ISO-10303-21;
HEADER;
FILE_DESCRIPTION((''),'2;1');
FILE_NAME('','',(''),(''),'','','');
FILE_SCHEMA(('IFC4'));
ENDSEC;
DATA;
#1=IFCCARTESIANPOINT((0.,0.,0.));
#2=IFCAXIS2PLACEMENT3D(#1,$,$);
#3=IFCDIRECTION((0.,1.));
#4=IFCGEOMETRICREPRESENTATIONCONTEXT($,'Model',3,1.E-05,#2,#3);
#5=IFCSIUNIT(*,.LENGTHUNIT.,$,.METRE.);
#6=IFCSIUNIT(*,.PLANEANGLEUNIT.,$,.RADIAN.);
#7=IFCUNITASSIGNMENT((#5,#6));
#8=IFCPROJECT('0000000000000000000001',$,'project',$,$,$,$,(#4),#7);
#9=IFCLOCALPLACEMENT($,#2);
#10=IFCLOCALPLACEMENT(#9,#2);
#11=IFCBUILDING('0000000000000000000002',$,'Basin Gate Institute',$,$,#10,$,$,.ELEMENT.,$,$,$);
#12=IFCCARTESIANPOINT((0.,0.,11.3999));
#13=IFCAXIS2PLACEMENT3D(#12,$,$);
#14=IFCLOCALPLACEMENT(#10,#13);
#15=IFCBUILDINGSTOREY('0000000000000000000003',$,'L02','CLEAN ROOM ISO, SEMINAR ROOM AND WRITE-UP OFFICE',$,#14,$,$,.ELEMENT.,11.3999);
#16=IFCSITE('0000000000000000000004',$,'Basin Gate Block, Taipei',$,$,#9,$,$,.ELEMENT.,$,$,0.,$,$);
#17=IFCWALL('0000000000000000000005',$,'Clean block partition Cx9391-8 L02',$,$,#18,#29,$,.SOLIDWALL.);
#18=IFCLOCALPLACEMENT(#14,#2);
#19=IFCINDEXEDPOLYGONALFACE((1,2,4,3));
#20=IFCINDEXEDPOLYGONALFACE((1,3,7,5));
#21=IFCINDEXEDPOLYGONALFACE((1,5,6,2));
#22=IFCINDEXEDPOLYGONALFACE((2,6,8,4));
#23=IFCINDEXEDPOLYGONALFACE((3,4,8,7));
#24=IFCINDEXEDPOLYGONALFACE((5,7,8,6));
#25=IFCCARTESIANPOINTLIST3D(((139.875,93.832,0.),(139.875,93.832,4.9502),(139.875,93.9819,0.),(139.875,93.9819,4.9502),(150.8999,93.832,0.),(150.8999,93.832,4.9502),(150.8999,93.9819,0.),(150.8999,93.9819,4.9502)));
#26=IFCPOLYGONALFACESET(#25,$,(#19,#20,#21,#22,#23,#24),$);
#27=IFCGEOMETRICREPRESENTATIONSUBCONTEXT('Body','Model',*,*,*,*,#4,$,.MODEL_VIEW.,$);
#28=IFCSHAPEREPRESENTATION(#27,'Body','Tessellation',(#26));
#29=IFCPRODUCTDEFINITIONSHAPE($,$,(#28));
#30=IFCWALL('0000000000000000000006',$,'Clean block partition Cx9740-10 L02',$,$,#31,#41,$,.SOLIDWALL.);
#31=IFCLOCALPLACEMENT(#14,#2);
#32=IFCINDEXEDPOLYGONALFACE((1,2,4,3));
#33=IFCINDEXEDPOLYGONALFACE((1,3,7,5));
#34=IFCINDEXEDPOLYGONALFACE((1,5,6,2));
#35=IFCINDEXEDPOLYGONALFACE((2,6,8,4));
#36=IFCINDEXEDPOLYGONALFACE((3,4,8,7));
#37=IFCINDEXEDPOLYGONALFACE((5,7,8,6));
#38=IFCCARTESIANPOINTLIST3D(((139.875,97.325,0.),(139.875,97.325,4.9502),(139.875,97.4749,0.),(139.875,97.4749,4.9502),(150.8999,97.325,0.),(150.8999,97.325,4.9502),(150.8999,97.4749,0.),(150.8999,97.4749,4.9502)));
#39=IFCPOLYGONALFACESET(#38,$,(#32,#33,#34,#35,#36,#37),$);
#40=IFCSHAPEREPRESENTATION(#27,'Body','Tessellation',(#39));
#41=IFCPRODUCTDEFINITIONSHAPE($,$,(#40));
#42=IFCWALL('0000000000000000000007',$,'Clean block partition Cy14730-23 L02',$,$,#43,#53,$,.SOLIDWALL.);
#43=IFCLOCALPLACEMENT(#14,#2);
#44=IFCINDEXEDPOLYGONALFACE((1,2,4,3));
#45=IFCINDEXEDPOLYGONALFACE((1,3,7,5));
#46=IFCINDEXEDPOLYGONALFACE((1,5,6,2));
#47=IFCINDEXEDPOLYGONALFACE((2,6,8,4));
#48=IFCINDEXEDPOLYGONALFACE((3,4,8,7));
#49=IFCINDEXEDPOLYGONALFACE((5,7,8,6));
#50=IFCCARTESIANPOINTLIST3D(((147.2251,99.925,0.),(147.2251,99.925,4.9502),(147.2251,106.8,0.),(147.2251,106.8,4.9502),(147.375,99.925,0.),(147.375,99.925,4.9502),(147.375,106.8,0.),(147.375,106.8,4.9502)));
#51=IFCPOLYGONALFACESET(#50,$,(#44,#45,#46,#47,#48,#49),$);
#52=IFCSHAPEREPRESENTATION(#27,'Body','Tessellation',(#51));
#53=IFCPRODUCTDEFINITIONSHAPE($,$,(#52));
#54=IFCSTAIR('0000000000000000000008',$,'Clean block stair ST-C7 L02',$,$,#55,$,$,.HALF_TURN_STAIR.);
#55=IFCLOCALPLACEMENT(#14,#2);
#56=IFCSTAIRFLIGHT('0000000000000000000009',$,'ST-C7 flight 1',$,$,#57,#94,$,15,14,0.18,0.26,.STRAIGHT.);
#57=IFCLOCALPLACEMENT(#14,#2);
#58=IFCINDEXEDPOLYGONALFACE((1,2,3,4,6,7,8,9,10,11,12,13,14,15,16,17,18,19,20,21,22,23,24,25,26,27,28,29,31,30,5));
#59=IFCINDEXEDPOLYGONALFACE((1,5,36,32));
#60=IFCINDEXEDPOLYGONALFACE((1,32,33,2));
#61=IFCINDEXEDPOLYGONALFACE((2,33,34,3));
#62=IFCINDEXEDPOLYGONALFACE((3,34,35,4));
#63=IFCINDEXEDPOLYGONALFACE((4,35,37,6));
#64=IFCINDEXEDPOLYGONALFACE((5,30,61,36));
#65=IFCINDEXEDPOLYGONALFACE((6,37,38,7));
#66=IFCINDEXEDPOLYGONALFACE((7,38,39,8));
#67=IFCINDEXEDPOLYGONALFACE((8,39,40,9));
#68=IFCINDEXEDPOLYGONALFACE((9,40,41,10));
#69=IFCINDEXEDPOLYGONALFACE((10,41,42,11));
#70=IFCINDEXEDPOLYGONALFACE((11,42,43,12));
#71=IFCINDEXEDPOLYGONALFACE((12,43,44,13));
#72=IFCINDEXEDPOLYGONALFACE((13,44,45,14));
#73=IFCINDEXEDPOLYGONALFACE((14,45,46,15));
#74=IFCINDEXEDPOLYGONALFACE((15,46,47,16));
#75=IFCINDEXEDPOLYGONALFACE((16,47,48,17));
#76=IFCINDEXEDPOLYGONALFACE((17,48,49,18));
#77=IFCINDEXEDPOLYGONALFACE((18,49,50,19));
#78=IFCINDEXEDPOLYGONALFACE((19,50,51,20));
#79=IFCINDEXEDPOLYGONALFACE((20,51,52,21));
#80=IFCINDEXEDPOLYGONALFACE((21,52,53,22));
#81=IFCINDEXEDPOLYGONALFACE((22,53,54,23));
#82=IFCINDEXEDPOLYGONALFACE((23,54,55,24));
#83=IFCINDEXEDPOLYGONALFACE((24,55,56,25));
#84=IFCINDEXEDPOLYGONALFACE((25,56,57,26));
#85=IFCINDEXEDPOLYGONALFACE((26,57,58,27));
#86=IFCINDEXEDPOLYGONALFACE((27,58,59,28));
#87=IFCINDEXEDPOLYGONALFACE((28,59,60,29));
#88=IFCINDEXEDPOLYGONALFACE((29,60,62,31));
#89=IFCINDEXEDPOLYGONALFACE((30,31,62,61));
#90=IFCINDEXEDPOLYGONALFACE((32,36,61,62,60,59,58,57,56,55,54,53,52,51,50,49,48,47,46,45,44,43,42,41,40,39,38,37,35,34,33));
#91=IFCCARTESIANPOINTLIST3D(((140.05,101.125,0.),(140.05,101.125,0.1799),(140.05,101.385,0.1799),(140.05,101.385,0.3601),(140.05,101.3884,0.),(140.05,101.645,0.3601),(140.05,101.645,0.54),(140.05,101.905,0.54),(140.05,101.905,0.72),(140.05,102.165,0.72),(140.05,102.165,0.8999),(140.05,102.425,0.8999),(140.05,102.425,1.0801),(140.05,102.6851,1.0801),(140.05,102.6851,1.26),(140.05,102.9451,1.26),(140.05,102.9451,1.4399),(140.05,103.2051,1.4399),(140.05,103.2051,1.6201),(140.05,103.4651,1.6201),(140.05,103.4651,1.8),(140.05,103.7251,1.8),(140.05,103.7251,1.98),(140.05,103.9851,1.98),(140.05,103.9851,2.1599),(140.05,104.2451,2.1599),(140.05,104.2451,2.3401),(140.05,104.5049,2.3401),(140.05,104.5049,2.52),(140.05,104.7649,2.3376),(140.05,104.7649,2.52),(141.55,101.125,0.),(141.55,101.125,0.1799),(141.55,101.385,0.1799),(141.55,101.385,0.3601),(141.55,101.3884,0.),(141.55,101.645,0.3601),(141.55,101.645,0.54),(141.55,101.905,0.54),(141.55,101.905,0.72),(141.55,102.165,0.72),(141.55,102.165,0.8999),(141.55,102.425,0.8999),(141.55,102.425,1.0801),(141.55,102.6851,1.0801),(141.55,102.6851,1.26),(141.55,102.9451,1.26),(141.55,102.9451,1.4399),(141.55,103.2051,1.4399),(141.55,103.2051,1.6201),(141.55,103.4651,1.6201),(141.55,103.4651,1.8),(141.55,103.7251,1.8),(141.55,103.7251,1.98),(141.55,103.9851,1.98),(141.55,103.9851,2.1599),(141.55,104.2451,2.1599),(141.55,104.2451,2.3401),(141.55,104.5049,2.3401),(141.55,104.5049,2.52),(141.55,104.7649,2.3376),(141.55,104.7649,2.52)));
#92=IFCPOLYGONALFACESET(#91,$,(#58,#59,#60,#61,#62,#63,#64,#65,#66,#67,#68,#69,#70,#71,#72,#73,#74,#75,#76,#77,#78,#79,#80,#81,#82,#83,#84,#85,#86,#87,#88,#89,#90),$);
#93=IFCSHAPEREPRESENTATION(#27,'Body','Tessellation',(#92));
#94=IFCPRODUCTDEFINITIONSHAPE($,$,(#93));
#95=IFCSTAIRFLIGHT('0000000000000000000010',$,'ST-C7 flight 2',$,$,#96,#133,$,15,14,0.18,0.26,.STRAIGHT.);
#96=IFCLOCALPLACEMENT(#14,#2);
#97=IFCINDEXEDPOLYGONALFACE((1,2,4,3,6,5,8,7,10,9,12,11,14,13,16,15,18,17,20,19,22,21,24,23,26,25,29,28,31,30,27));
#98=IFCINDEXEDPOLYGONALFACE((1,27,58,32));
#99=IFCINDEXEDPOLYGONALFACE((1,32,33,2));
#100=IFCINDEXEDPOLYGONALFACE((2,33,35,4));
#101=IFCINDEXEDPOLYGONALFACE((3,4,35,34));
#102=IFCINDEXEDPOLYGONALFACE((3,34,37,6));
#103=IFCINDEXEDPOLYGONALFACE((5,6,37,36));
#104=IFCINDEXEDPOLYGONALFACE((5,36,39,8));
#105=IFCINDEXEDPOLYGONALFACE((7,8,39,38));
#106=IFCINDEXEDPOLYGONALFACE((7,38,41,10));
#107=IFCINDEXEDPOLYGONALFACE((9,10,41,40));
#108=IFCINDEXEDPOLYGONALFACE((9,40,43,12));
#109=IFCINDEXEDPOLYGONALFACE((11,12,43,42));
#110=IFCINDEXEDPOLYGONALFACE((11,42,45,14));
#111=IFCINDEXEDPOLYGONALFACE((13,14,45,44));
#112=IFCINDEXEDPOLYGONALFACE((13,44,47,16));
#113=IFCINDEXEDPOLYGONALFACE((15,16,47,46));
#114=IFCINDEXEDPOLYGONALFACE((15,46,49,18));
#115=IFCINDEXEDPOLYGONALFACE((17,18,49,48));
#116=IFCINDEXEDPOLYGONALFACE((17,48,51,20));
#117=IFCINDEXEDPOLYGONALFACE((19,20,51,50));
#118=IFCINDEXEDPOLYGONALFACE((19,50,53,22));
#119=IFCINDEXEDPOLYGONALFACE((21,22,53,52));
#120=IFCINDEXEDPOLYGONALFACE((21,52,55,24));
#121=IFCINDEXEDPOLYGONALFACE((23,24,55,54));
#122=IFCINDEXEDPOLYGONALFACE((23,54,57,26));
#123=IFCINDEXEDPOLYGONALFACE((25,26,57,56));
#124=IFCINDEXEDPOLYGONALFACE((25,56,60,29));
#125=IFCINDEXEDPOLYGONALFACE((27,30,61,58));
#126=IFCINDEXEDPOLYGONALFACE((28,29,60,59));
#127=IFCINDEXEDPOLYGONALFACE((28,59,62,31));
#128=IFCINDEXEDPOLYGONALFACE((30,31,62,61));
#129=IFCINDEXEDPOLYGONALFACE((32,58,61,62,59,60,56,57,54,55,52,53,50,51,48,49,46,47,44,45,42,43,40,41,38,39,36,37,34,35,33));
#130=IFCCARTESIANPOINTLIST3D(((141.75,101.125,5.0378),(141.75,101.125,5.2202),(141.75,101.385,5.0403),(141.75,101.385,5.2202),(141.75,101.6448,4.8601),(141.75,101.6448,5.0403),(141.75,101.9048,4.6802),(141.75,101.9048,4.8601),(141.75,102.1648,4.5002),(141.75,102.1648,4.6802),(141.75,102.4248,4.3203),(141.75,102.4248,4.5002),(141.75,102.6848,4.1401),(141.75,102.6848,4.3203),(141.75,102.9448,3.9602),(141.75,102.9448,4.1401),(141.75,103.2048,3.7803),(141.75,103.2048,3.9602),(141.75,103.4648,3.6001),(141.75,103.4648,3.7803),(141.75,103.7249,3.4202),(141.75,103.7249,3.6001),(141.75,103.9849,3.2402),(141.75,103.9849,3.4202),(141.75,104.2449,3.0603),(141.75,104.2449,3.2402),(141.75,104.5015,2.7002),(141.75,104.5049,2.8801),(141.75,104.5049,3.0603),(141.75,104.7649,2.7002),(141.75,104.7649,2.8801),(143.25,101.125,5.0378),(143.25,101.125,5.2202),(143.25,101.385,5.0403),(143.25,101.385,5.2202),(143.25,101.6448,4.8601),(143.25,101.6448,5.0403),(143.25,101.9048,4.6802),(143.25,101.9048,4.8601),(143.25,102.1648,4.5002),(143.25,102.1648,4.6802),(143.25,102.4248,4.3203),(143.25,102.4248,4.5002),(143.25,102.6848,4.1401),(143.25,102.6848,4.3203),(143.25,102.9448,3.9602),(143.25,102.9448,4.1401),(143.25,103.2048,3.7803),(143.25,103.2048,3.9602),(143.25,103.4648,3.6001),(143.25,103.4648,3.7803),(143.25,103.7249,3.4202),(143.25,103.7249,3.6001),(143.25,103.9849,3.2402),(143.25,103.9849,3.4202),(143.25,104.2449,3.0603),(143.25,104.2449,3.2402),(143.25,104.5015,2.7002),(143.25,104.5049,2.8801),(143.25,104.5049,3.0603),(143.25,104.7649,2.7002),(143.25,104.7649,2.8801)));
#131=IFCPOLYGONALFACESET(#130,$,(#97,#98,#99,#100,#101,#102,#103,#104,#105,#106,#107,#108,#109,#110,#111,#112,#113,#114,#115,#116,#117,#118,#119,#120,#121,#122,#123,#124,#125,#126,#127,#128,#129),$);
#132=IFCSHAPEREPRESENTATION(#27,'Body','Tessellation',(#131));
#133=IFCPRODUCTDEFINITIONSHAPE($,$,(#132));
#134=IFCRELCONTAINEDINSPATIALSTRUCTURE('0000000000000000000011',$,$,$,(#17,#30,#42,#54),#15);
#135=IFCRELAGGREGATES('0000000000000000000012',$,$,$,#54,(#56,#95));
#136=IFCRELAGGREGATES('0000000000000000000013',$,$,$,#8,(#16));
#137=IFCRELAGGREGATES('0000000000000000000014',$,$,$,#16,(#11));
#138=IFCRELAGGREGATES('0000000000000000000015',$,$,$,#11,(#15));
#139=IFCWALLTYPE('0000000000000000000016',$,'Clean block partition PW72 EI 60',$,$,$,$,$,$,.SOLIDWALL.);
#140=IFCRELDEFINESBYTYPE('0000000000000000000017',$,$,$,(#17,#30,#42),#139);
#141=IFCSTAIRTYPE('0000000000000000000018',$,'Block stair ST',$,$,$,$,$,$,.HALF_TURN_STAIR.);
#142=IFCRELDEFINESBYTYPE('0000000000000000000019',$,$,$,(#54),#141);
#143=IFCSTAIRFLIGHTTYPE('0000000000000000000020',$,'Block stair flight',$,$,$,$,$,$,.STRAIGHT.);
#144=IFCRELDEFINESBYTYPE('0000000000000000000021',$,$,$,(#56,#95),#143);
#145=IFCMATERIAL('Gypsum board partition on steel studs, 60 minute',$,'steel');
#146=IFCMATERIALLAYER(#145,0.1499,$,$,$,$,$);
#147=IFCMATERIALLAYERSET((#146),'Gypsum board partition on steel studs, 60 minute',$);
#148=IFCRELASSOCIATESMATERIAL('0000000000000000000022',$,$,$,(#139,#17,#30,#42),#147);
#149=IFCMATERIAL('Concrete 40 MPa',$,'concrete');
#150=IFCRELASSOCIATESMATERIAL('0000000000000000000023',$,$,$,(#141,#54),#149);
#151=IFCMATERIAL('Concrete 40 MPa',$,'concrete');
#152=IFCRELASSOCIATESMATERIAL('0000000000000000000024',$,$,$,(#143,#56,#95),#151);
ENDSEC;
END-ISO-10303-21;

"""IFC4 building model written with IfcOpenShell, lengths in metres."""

from ifc_helpers import new_model, si_unit, direction, frame, frame_2d, origin, place, context, subcontext, project, spatial, polyline, rectangle, outline, extrude, material, layer, layer_set, type_object, element, aggregate, save


model = new_model("IFC4")

# Units and contexts
model_context = context("Model", 3, precision=1e-05, world=origin(), true_north=direction((0.0, 1.0)))
body_context = subcontext(model_context, "Body", "Model", "MODEL_VIEW")
ifc_project = project(units=[si_unit("LENGTHUNIT", "METRE"), si_unit("PLANEANGLEUNIT", "RADIAN")], contexts=[model_context])

# Site, building, storey
site_placement = place(None, origin())
site = spatial("IfcSite", under=ifc_project, at=site_placement, Name="Basin Gate Block, Taipei", CompositionType="ELEMENT", RefElevation=0.0)
building_placement = place(site_placement, origin())
building = spatial("IfcBuilding", under=site, at=building_placement, Name="Basin Gate Institute", CompositionType="ELEMENT")
storey_placement = place(building_placement, frame((0.0, 0.0, 11.3999)))
storey = spatial("IfcBuildingStorey", under=building, at=storey_placement, Name="L02", Description="CLEAN ROOM ISO, SEMINAR ROOM AND WRITE-UP OFFICE", CompositionType="ELEMENT", Elevation=11.3999)

# Walls
ifc_material_1 = material(Name="Gypsum board partition on steel studs, 60 minute", Category="steel")
ifc_layer_1 = layer(ifc_material_1, 0.1499)
ifc_layer_set_1 = layer_set([ifc_layer_1], Name="Gypsum board partition on steel studs, 60 minute")
wall_type_1 = type_object("IfcWallType", Name="Clean block partition PW72 EI 60", PredefinedType="SOLIDWALL", material=ifc_layer_set_1)
for number, where, z_axis, x_axis, name in (
    (1, (139.875, 93.907, 0.0), (0.0, 0.0, 1.0), (1.0, 0.0, 0.0), "Clean block partition Cx9391-8 L02"),
    (2, (139.875, 97.3999, 0.0), (0.0, 0.0, 1.0), (1.0, 0.0, 0.0), "Clean block partition Cx9740-10 L02"),
):
    element("IfcWall", number, at=place(storey_placement, frame(where, z_axis=z_axis, x_axis=x_axis)), inside=storey, type_object=wall_type_1, material=ifc_layer_set_1, Name=name, PredefinedType="SOLIDWALL", context=body_context, shape_type="SweptSolid", body=[
        extrude(rectangle(XDim=11.0249, YDim=0.1499, at=frame_2d((5.5125, 0.0))), origin(), (0.0, 0.0, 1.0), 4.9502),
    ])
wall_1_placement = place(storey_placement, frame((147.3, 99.925, 0.0), z_axis=(0.0, 0.0, 1.0), x_axis=(0.0, 1.0, 0.0)))
element("IfcWall", 3, at=wall_1_placement, inside=storey, type_object=wall_type_1, material=ifc_layer_set_1, Name="Clean block partition Cy14730-23 L02", PredefinedType="SOLIDWALL", context=body_context, shape_type="SweptSolid", body=[
    extrude(rectangle(XDim=6.875, YDim=0.1499, at=frame_2d((3.4375, 0.0))), origin(), (0.0, 0.0, 1.0), 4.9502),
])

# Stair, stair flights
ifc_material_2 = material(Name="Concrete 40 MPa", Category="concrete")
stair_type = type_object("IfcStairType", Name="Block stair ST", PredefinedType="HALF_TURN_STAIR", material=ifc_material_2)
stair_placement = place(storey_placement, origin())
stair = element("IfcStair", 4, at=stair_placement, inside=storey, type_object=stair_type, material=ifc_material_2, Name="Clean block stair ST-C7 L02", PredefinedType="HALF_TURN_STAIR")
ifc_material_3 = material(Name="Concrete 40 MPa", Category="concrete")
stair_flight_type = type_object("IfcStairFlightType", Name="Block stair flight", PredefinedType="STRAIGHT", material=ifc_material_3)
stair_flight_1_placement = place(storey_placement, frame((140.8, 101.125, 0.0), z_axis=(0.0, 0.0, 1.0), x_axis=(0.0, 1.0, 0.0)))
stair_flight_1 = element("IfcStairFlight", 5, at=stair_flight_1_placement, type_object=stair_flight_type, material=ifc_material_3, Name="ST-C7 flight 1", NumberOfRisers=15, NumberOfTreads=14, PredefinedType="STRAIGHT", RiserHeight=0.18, TreadLength=0.26, context=body_context, shape_type="SweptSolid", body=[
    extrude(outline(polyline([(0.0, 0.0), (0.0, 0.1799), (0.26, 0.1799), (0.26, 0.3601), (0.52, 0.3601), (0.52, 0.54), (0.78, 0.54), (0.78, 0.72), (1.04, 0.72), (1.04, 0.8999), (1.3, 0.8999), (1.3, 1.0801), (1.5601, 1.0801), (1.5601, 1.26), (1.8201, 1.26), (1.8201, 1.4399), (2.0801, 1.4399), (2.0801, 1.6201), (2.3401, 1.6201), (2.3401, 1.8), (2.6001, 1.8), (2.6001, 1.98), (2.8601, 1.98), (2.8601, 2.1599), (3.1201, 2.1599), (3.1201, 2.3401), (3.3799, 2.3401), (3.3799, 2.52), (3.6399, 2.52), (3.6399, 2.7), (3.6399, 2.3376), (0.2634, 0.0), (0.0, 0.0)])), frame((0.0, 0.75, 0.0), z_axis=(0.0, -1.0, 0.0), x_axis=(1.0, 0.0, 0.0)), (0.0, 0.0, 1.0), 1.5),
])
stair_flight_2_placement = place(storey_placement, frame((142.5, 104.7649, 2.7002), z_axis=(0.0, 0.0, 1.0), x_axis=(0.0, -1.0, 0.0)))
stair_flight_2 = element("IfcStairFlight", 6, at=stair_flight_2_placement, type_object=stair_flight_type, material=ifc_material_3, Name="ST-C7 flight 2", NumberOfRisers=15, NumberOfTreads=14, PredefinedType="STRAIGHT", RiserHeight=0.18, TreadLength=0.26, context=body_context, shape_type="SweptSolid", body=[
    extrude(outline(polyline([(0.0, 0.0), (0.0, 0.1799), (0.26, 0.1799), (0.26, 0.3601), (0.52, 0.3601), (0.52, 0.54), (0.78, 0.54), (0.78, 0.72), (1.04, 0.72), (1.04, 0.8999), (1.3, 0.8999), (1.3, 1.0801), (1.5601, 1.0801), (1.5601, 1.26), (1.8201, 1.26), (1.8201, 1.4399), (2.0801, 1.4399), (2.0801, 1.6201), (2.3401, 1.6201), (2.3401, 1.8), (2.6001, 1.8), (2.6001, 1.98), (2.8601, 1.98), (2.8601, 2.1599), (3.1201, 2.1599), (3.1201, 2.3401), (3.3799, 2.3401), (3.3799, 2.52), (3.6399, 2.52), (3.6399, 2.7), (3.6399, 2.3376), (0.2634, 0.0), (0.0, 0.0)])), frame((0.0, 0.75, 0.0), z_axis=(0.0, -1.0, 0.0), x_axis=(1.0, 0.0, 0.0)), (0.0, 0.0, 1.0), 1.5),
])
aggregate(stair, [stair_flight_1, stair_flight_2])

save(model, "model.ifc")
